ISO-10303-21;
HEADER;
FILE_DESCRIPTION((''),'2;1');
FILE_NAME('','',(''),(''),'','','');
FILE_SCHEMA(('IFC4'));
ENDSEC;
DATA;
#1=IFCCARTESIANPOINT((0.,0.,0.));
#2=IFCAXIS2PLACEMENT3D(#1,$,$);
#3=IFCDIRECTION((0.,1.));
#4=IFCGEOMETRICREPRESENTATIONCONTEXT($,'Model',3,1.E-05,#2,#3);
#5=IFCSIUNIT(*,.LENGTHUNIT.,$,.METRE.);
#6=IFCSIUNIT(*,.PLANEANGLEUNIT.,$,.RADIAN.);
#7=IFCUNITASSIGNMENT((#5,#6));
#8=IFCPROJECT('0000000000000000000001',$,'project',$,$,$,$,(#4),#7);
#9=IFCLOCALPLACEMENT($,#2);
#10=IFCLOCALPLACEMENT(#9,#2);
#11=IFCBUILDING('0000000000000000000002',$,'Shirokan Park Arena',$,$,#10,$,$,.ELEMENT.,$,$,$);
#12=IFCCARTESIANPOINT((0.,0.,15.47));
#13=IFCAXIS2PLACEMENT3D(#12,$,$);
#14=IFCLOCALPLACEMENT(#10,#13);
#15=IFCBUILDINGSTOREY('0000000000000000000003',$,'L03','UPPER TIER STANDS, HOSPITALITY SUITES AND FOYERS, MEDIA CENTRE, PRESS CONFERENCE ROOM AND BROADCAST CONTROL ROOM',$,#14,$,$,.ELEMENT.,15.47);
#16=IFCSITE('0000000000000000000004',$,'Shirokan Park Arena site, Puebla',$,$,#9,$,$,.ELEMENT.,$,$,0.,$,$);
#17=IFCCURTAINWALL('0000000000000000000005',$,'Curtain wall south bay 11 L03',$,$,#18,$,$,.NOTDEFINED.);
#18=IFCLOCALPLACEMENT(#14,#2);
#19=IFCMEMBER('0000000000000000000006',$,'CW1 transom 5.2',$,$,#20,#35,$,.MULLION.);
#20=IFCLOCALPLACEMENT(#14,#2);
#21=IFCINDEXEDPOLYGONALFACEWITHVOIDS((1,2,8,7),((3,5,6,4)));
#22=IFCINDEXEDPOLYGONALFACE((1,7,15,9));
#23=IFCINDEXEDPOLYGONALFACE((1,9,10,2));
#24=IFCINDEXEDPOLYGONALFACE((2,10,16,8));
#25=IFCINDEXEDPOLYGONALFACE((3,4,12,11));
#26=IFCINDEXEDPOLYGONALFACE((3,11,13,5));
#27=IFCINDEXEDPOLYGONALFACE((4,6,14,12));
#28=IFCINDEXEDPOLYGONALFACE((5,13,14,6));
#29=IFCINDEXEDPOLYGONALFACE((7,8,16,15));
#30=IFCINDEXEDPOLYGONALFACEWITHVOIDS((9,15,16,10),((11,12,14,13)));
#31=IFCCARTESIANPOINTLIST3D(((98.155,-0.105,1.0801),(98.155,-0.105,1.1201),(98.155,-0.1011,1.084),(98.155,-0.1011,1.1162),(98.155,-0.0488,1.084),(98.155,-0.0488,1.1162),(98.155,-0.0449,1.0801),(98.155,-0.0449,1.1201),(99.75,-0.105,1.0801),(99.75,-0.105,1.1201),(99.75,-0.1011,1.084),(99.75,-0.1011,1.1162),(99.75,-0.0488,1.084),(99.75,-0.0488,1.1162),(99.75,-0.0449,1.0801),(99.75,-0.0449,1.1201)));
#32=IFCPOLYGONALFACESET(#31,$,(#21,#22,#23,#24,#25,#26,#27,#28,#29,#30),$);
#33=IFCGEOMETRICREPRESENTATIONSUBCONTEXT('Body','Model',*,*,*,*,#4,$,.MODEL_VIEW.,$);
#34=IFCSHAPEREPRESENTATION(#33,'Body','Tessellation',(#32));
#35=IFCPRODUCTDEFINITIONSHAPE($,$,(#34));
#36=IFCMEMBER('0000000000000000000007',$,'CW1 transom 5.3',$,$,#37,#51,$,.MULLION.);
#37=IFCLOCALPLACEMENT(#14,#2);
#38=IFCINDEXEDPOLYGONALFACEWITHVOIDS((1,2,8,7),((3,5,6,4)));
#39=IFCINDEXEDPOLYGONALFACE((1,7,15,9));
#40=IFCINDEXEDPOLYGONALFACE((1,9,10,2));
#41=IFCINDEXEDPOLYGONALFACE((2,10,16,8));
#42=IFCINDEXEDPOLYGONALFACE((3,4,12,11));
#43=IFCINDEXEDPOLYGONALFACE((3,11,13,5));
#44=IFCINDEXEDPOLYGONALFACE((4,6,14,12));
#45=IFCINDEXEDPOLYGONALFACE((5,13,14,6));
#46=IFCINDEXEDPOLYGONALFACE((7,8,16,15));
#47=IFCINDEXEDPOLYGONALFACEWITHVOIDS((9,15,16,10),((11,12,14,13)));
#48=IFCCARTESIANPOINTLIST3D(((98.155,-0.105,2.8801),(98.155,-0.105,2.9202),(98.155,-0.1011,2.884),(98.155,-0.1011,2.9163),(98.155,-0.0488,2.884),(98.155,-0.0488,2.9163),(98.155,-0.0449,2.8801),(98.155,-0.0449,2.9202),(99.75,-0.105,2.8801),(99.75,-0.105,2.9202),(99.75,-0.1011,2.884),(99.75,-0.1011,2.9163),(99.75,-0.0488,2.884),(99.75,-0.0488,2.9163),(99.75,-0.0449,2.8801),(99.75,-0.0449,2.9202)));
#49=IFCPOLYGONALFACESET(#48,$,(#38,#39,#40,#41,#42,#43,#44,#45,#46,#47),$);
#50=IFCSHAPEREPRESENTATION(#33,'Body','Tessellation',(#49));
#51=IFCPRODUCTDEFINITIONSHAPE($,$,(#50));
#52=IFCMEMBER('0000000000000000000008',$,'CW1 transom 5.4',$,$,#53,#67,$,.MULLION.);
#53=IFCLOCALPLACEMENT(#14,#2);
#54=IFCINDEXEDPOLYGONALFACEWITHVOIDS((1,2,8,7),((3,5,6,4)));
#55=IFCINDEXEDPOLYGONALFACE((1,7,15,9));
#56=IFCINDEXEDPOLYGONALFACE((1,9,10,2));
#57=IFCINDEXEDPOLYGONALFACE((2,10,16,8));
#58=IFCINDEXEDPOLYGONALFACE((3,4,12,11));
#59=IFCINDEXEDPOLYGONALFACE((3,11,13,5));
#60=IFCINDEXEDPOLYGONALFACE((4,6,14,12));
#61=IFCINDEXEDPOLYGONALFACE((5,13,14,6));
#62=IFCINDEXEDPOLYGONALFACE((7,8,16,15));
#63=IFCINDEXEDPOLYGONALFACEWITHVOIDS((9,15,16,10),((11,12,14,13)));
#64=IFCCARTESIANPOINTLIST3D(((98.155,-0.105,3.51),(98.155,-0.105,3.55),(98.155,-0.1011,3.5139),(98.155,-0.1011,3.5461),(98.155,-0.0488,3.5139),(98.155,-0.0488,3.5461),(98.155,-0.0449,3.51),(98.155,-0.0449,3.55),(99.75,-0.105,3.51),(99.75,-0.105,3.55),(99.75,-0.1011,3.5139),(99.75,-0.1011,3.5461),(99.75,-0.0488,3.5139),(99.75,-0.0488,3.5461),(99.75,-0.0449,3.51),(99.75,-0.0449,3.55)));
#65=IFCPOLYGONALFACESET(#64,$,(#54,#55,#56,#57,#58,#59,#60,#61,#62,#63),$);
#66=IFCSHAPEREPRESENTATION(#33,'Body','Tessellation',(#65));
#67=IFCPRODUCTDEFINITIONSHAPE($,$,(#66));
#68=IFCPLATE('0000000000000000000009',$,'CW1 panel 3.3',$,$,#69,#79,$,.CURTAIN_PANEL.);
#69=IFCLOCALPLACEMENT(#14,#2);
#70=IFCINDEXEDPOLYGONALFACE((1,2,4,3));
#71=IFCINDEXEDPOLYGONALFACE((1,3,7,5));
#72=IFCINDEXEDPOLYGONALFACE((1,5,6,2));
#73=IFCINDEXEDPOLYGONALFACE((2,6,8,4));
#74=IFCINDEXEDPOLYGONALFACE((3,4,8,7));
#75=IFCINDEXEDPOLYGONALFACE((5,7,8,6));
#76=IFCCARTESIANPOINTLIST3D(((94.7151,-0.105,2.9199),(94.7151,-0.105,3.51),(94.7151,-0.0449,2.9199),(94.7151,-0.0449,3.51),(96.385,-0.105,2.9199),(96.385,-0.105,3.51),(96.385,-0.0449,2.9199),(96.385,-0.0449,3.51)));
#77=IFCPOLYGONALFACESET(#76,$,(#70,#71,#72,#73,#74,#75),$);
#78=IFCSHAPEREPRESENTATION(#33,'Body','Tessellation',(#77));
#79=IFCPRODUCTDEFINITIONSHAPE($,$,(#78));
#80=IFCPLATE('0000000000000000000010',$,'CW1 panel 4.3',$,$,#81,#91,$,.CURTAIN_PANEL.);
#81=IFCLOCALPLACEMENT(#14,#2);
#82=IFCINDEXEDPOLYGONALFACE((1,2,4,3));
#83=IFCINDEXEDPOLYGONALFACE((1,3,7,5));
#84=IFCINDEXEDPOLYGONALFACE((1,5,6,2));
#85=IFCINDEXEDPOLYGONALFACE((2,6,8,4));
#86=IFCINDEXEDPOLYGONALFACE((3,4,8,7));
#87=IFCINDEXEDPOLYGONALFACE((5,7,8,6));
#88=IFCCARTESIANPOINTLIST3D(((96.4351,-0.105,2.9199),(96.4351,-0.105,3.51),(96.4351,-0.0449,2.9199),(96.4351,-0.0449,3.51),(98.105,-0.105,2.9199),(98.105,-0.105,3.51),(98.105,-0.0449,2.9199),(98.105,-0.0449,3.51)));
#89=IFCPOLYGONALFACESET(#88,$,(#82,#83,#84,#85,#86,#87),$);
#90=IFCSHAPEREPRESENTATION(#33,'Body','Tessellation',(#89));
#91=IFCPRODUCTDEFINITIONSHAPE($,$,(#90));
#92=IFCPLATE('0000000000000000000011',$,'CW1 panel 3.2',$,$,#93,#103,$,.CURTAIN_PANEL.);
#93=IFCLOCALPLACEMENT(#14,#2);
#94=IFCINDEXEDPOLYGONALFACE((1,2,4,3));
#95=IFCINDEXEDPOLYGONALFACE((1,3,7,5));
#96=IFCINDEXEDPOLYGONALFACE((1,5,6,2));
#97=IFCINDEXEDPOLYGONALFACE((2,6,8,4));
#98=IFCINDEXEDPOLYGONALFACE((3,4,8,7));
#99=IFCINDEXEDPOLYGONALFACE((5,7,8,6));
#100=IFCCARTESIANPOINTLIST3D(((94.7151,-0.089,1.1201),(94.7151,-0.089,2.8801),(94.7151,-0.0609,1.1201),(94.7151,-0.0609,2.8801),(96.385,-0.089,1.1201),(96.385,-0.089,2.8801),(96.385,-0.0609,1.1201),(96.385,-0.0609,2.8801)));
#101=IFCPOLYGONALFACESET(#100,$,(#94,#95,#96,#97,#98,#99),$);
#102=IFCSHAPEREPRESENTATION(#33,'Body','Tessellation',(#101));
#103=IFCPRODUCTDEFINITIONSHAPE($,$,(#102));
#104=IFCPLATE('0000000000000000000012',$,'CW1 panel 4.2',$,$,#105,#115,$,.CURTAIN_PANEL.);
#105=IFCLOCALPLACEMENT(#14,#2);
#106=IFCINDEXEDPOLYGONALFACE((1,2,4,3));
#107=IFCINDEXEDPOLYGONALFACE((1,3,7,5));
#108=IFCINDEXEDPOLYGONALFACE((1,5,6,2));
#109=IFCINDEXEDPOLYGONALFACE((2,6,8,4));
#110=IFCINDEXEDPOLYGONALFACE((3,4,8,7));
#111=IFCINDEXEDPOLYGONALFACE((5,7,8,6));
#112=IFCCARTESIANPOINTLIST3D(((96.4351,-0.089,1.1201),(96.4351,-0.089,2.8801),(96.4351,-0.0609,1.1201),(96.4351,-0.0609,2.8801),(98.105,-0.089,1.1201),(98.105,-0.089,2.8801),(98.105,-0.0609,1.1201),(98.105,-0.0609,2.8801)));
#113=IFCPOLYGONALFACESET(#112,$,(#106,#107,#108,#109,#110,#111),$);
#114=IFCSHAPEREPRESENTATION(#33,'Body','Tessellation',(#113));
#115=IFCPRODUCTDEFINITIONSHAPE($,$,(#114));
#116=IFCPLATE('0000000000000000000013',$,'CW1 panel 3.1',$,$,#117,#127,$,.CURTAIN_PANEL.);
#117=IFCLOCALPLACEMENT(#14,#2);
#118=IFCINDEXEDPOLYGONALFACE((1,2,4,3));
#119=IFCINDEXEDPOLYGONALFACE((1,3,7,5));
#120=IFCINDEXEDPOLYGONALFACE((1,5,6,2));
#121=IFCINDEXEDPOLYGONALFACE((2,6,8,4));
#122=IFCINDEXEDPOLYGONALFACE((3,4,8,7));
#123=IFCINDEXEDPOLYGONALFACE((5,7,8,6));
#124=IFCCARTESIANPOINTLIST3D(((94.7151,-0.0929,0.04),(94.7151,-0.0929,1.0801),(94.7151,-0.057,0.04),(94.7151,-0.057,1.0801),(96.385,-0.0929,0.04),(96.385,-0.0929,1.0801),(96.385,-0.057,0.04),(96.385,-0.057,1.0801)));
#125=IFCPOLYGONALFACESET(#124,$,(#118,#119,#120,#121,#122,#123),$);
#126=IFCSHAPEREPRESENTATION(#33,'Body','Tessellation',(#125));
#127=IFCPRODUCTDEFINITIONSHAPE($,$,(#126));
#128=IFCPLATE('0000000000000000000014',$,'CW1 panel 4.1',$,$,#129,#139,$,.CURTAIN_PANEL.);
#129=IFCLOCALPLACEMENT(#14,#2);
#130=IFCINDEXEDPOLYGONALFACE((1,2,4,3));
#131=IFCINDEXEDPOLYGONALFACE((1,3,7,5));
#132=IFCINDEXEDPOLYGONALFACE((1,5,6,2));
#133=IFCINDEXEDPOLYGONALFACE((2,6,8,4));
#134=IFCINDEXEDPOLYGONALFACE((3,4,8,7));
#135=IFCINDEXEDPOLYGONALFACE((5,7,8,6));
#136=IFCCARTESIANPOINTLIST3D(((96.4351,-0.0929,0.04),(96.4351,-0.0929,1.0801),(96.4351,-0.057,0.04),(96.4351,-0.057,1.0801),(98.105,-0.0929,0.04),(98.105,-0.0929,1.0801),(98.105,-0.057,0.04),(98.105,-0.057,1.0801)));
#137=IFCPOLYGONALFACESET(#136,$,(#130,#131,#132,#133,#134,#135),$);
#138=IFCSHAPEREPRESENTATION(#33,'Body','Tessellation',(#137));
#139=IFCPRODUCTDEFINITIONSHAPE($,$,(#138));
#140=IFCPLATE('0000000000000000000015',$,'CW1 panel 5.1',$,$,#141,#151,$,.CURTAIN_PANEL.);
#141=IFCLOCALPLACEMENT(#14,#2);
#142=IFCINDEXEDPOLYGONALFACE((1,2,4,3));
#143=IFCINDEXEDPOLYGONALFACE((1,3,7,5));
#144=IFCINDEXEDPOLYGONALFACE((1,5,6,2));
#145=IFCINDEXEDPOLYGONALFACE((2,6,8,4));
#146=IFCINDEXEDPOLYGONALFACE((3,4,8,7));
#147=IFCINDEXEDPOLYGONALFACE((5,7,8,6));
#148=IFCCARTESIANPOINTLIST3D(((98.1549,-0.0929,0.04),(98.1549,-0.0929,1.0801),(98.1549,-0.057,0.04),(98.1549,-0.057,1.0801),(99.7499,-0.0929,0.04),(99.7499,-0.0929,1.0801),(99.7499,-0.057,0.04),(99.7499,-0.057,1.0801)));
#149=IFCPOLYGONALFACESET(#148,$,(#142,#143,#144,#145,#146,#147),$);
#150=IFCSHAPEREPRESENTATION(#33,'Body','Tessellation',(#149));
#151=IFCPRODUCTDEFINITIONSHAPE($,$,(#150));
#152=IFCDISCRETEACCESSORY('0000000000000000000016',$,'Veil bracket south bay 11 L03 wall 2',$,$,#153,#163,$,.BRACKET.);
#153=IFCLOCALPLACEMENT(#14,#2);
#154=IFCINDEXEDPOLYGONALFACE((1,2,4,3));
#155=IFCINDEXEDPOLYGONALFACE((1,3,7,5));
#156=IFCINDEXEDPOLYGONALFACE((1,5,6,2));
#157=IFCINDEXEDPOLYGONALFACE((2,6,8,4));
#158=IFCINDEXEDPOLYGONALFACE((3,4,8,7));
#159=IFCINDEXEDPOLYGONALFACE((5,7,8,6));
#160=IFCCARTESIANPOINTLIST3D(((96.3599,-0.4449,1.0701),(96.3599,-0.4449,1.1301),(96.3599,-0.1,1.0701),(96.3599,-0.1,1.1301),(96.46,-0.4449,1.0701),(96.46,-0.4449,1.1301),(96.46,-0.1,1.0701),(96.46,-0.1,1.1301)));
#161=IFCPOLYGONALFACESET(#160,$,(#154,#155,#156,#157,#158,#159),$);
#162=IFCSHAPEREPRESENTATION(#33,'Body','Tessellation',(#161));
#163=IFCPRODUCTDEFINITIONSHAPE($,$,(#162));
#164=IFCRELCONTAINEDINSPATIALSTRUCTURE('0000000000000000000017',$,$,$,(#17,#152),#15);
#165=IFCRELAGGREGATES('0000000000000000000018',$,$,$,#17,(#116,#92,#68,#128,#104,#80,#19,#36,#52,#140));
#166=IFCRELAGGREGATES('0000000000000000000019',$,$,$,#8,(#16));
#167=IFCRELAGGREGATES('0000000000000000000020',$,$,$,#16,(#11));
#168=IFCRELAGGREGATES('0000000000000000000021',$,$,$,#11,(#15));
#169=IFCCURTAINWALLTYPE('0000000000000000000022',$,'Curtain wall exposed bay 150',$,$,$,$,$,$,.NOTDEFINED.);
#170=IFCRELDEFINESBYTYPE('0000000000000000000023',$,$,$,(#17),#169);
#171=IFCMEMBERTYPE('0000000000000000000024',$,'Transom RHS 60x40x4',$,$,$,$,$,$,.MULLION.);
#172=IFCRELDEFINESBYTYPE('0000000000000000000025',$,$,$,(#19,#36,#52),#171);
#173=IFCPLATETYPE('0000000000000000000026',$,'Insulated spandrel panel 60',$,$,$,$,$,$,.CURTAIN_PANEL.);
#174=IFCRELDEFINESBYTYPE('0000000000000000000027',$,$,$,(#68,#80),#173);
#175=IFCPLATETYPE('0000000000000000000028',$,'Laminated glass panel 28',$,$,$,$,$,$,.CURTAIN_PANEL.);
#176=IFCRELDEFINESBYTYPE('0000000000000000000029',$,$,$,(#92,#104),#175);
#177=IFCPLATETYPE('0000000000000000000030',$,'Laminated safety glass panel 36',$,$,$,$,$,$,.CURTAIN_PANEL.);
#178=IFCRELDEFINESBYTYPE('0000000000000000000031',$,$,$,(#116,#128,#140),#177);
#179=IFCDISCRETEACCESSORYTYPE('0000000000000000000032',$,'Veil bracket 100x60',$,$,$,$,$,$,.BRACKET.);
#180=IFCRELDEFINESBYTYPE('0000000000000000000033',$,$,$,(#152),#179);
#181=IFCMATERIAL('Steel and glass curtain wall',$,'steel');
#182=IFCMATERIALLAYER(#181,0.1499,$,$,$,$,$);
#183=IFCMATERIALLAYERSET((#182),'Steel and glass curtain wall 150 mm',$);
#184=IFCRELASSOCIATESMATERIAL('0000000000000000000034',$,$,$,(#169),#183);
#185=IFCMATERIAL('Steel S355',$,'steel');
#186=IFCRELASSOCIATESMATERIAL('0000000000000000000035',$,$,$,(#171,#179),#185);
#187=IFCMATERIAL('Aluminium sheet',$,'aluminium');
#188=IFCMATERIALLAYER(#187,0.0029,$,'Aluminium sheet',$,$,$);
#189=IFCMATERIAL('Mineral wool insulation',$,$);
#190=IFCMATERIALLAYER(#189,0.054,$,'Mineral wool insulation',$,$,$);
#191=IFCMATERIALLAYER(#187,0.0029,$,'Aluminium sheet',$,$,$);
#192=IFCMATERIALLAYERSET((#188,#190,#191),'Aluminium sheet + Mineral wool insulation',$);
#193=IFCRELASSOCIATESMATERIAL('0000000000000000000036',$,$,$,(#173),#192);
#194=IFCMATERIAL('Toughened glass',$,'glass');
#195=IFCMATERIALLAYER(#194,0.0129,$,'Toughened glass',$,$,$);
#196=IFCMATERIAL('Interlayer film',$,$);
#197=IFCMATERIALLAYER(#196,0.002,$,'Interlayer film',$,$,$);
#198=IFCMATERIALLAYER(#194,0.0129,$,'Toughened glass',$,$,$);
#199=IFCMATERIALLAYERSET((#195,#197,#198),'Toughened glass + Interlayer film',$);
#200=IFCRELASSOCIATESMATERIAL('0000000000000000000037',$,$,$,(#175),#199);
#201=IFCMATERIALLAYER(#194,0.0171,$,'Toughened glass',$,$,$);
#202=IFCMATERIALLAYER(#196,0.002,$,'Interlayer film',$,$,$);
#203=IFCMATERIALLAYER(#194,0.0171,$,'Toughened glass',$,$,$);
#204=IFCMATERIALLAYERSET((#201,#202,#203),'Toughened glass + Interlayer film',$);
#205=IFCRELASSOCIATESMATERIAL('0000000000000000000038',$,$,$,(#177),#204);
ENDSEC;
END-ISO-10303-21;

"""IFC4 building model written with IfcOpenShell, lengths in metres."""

from ifc_helpers import new_model, si_unit, direction, frame, origin, origin_2d, place, context, subcontext, project, spatial, rectangle, hollow_rectangle, extrude, material, layer, layer_set, material_profile, profile_set, type_object, element, aggregate, save


model = new_model("IFC4")

# Units and contexts
model_context = context("Model", 3, precision=1e-05, world=origin(), true_north=direction((0.0, 1.0)))
body_context = subcontext(model_context, "Body", "Model", "MODEL_VIEW")
ifc_project = project(units=[si_unit("LENGTHUNIT", "METRE"), si_unit("PLANEANGLEUNIT", "RADIAN")], contexts=[model_context])

# Site, building, storey
site_placement = place(None, origin())
site = spatial("IfcSite", under=ifc_project, at=site_placement, Name="Shirokan Park Arena site, Puebla", CompositionType="ELEMENT", RefElevation=0.0)
building_placement = place(site_placement, origin())
building = spatial("IfcBuilding", under=site, at=building_placement, Name="Shirokan Park Arena", CompositionType="ELEMENT")
storey_placement = place(building_placement, frame((0.0, 0.0, 15.47)))
storey = spatial("IfcBuildingStorey", under=building, at=storey_placement, Name="L03", Description="UPPER TIER STANDS, HOSPITALITY SUITES AND FOYERS, MEDIA CENTRE, PRESS CONFERENCE ROOM AND BROADCAST CONTROL ROOM", CompositionType="ELEMENT", Elevation=15.47)

# Curtain wall, members, plates
ifc_material_1 = material(Name="Steel and glass curtain wall", Category="steel")
ifc_layer_1 = layer(ifc_material_1, 0.1499)
ifc_layer_set_1 = layer_set([ifc_layer_1], Name="Steel and glass curtain wall 150 mm")
curtain_wall_type = type_object("IfcCurtainWallType", Name="Curtain wall exposed bay 150", PredefinedType="NOTDEFINED", material=ifc_layer_set_1)
curtain_wall_placement = place(storey_placement, origin())
curtain_wall = element("IfcCurtainWall", 1, at=curtain_wall_placement, inside=storey, type_object=curtain_wall_type, Name="Curtain wall south bay 11 L03", PredefinedType="NOTDEFINED")
ifc_material_2 = material(Name="Steel S355", Category="steel")
ifc_material_profile_1 = material_profile(ifc_material_2, hollow_rectangle(XDim=0.0601, YDim=0.04, WallThickness=0.0039, at=origin_2d()), Name="RHS 60x40x4")
ifc_profile_set_1 = profile_set([ifc_material_profile_1], Name="Steel S355")
member_type_1 = type_object("IfcMemberType", Name="Transom RHS 60x40x4", PredefinedType="MULLION", material=ifc_profile_set_1)
member_1_placement = place(storey_placement, frame((98.155, -0.075, 1.1001), z_axis=(1.0, 0.0, 0.0), x_axis=(0.0, 1.0, 0.0)))
member_1 = element("IfcMember", 2, at=member_1_placement, type_object=member_type_1, Name="CW1 transom 5.2", PredefinedType="MULLION", context=body_context, shape_type="SweptSolid", body=[
    extrude(hollow_rectangle(XDim=0.0601, YDim=0.04, WallThickness=0.0039, at=origin_2d()), origin(), (0.0, 0.0, 1.0), 1.595),
])
member_2_placement = place(storey_placement, frame((98.155, -0.075, 2.9001), z_axis=(1.0, 0.0, 0.0), x_axis=(0.0, 1.0, 0.0)))
member_2 = element("IfcMember", 3, at=member_2_placement, type_object=member_type_1, Name="CW1 transom 5.3", PredefinedType="MULLION", context=body_context, shape_type="SweptSolid", body=[
    extrude(hollow_rectangle(XDim=0.0601, YDim=0.04, WallThickness=0.0039, at=origin_2d()), origin(), (0.0, 0.0, 1.0), 1.595),
])
member_3_placement = place(storey_placement, frame((98.155, -0.075, 3.53), z_axis=(1.0, 0.0, 0.0), x_axis=(0.0, 1.0, 0.0)))
member_3 = element("IfcMember", 4, at=member_3_placement, type_object=member_type_1, Name="CW1 transom 5.4", PredefinedType="MULLION", context=body_context, shape_type="SweptSolid", body=[
    extrude(hollow_rectangle(XDim=0.0601, YDim=0.04, WallThickness=0.0039, at=origin_2d()), origin(), (0.0, 0.0, 1.0), 1.595),
])
ifc_material_3 = material(Name="Aluminium sheet", Category="aluminium")
ifc_layer_2 = layer(ifc_material_3, 0.0029, Name="Aluminium sheet")
ifc_material_4 = material(Name="Mineral wool insulation")
ifc_layer_3 = layer(ifc_material_4, 0.054, Name="Mineral wool insulation")
ifc_layer_4 = layer(ifc_material_3, 0.0029, Name="Aluminium sheet")
ifc_layer_set_2 = layer_set([ifc_layer_2, ifc_layer_3, ifc_layer_4], Name="Aluminium sheet + Mineral wool insulation")
plate_type_1 = type_object("IfcPlateType", Name="Insulated spandrel panel 60", PredefinedType="CURTAIN_PANEL", material=ifc_layer_set_2)
plate_1_placement = place(storey_placement, frame((95.55, -0.075, 2.9199), z_axis=(0.0, 0.0, 1.0), x_axis=(1.0, 0.0, 0.0)))
plate_1 = element("IfcPlate", 5, at=plate_1_placement, type_object=plate_type_1, Name="CW1 panel 3.3", PredefinedType="CURTAIN_PANEL", context=body_context, shape_type="SweptSolid", body=[
    extrude(rectangle(XDim=1.6699, YDim=0.0601, at=origin_2d()), origin(), (0.0, 0.0, 1.0), 0.5901),
])
plate_2_placement = place(storey_placement, frame((97.27, -0.075, 2.9199), z_axis=(0.0, 0.0, 1.0), x_axis=(1.0, 0.0, 0.0)))
plate_2 = element("IfcPlate", 6, at=plate_2_placement, type_object=plate_type_1, Name="CW1 panel 4.3", PredefinedType="CURTAIN_PANEL", context=body_context, shape_type="SweptSolid", body=[
    extrude(rectangle(XDim=1.6699, YDim=0.0601, at=origin_2d()), origin(), (0.0, 0.0, 1.0), 0.5901),
])
ifc_material_5 = material(Name="Toughened glass", Category="glass")
ifc_layer_5 = layer(ifc_material_5, 0.0129, Name="Toughened glass")
ifc_material_6 = material(Name="Interlayer film")
ifc_layer_6 = layer(ifc_material_6, 0.002, Name="Interlayer film")
ifc_layer_7 = layer(ifc_material_5, 0.0129, Name="Toughened glass")
ifc_layer_set_3 = layer_set([ifc_layer_5, ifc_layer_6, ifc_layer_7], Name="Toughened glass + Interlayer film")
plate_type_2 = type_object("IfcPlateType", Name="Laminated glass panel 28", PredefinedType="CURTAIN_PANEL", material=ifc_layer_set_3)
plate_3_placement = place(storey_placement, frame((95.55, -0.075, 1.1201), z_axis=(0.0, 0.0, 1.0), x_axis=(1.0, 0.0, 0.0)))
plate_3 = element("IfcPlate", 7, at=plate_3_placement, type_object=plate_type_2, Name="CW1 panel 3.2", PredefinedType="CURTAIN_PANEL", context=body_context, shape_type="SweptSolid", body=[
    extrude(rectangle(XDim=1.6699, YDim=0.0281, at=origin_2d()), origin(), (0.0, 0.0, 1.0), 1.76),
])
plate_4_placement = place(storey_placement, frame((97.27, -0.075, 1.1201), z_axis=(0.0, 0.0, 1.0), x_axis=(1.0, 0.0, 0.0)))
plate_4 = element("IfcPlate", 8, at=plate_4_placement, type_object=plate_type_2, Name="CW1 panel 4.2", PredefinedType="CURTAIN_PANEL", context=body_context, shape_type="SweptSolid", body=[
    extrude(rectangle(XDim=1.6699, YDim=0.0281, at=origin_2d()), origin(), (0.0, 0.0, 1.0), 1.76),
])
ifc_layer_8 = layer(ifc_material_5, 0.0171, Name="Toughened glass")
ifc_layer_9 = layer(ifc_material_6, 0.002, Name="Interlayer film")
ifc_layer_10 = layer(ifc_material_5, 0.0171, Name="Toughened glass")
ifc_layer_set_4 = layer_set([ifc_layer_8, ifc_layer_9, ifc_layer_10], Name="Toughened glass + Interlayer film")
plate_type_3 = type_object("IfcPlateType", Name="Laminated safety glass panel 36", PredefinedType="CURTAIN_PANEL", material=ifc_layer_set_4)
plate_5_placement = place(storey_placement, frame((95.55, -0.075, 0.04), z_axis=(0.0, 0.0, 1.0), x_axis=(1.0, 0.0, 0.0)))
plate_5 = element("IfcPlate", 9, at=plate_5_placement, type_object=plate_type_3, Name="CW1 panel 3.1", PredefinedType="CURTAIN_PANEL", context=body_context, shape_type="SweptSolid", body=[
    extrude(rectangle(XDim=1.6699, YDim=0.0359, at=origin_2d()), origin(), (0.0, 0.0, 1.0), 1.04),
])
plate_6_placement = place(storey_placement, frame((97.27, -0.075, 0.04), z_axis=(0.0, 0.0, 1.0), x_axis=(1.0, 0.0, 0.0)))
plate_6 = element("IfcPlate", 10, at=plate_6_placement, type_object=plate_type_3, Name="CW1 panel 4.1", PredefinedType="CURTAIN_PANEL", context=body_context, shape_type="SweptSolid", body=[
    extrude(rectangle(XDim=1.6699, YDim=0.0359, at=origin_2d()), origin(), (0.0, 0.0, 1.0), 1.04),
])
plate_7_placement = place(storey_placement, frame((98.9524, -0.075, 0.04), z_axis=(0.0, 0.0, 1.0), x_axis=(1.0, 0.0, 0.0)))
plate_7 = element("IfcPlate", 11, at=plate_7_placement, type_object=plate_type_3, Name="CW1 panel 5.1", PredefinedType="CURTAIN_PANEL", context=body_context, shape_type="SweptSolid", body=[
    extrude(rectangle(XDim=1.595, YDim=0.0359, at=origin_2d()), origin(), (0.0, 0.0, 1.0), 1.04),
])
aggregate(curtain_wall, [plate_5, plate_3, plate_1, plate_6, plate_4, plate_2, member_1, member_2, member_3, plate_7])

# Discrete accessory
discrete_accessory_type = type_object("IfcDiscreteAccessoryType", Name="Veil bracket 100x60", PredefinedType="BRACKET", material=ifc_material_2)
discrete_accessory_placement = place(storey_placement, frame((96.4099, -0.2725, 1.0701), z_axis=(0.0, 0.0, 1.0), x_axis=(1.0, 0.0, 0.0)))
element("IfcDiscreteAccessory", 12, at=discrete_accessory_placement, inside=storey, type_object=discrete_accessory_type, Name="Veil bracket south bay 11 L03 wall 2", PredefinedType="BRACKET", context=body_context, shape_type="SweptSolid", body=[
    extrude(rectangle(XDim=0.1001, YDim=0.345, at=origin_2d()), origin(), (0.0, 0.0, 1.0), 0.0601),
])

save(model, "model.ifc")
